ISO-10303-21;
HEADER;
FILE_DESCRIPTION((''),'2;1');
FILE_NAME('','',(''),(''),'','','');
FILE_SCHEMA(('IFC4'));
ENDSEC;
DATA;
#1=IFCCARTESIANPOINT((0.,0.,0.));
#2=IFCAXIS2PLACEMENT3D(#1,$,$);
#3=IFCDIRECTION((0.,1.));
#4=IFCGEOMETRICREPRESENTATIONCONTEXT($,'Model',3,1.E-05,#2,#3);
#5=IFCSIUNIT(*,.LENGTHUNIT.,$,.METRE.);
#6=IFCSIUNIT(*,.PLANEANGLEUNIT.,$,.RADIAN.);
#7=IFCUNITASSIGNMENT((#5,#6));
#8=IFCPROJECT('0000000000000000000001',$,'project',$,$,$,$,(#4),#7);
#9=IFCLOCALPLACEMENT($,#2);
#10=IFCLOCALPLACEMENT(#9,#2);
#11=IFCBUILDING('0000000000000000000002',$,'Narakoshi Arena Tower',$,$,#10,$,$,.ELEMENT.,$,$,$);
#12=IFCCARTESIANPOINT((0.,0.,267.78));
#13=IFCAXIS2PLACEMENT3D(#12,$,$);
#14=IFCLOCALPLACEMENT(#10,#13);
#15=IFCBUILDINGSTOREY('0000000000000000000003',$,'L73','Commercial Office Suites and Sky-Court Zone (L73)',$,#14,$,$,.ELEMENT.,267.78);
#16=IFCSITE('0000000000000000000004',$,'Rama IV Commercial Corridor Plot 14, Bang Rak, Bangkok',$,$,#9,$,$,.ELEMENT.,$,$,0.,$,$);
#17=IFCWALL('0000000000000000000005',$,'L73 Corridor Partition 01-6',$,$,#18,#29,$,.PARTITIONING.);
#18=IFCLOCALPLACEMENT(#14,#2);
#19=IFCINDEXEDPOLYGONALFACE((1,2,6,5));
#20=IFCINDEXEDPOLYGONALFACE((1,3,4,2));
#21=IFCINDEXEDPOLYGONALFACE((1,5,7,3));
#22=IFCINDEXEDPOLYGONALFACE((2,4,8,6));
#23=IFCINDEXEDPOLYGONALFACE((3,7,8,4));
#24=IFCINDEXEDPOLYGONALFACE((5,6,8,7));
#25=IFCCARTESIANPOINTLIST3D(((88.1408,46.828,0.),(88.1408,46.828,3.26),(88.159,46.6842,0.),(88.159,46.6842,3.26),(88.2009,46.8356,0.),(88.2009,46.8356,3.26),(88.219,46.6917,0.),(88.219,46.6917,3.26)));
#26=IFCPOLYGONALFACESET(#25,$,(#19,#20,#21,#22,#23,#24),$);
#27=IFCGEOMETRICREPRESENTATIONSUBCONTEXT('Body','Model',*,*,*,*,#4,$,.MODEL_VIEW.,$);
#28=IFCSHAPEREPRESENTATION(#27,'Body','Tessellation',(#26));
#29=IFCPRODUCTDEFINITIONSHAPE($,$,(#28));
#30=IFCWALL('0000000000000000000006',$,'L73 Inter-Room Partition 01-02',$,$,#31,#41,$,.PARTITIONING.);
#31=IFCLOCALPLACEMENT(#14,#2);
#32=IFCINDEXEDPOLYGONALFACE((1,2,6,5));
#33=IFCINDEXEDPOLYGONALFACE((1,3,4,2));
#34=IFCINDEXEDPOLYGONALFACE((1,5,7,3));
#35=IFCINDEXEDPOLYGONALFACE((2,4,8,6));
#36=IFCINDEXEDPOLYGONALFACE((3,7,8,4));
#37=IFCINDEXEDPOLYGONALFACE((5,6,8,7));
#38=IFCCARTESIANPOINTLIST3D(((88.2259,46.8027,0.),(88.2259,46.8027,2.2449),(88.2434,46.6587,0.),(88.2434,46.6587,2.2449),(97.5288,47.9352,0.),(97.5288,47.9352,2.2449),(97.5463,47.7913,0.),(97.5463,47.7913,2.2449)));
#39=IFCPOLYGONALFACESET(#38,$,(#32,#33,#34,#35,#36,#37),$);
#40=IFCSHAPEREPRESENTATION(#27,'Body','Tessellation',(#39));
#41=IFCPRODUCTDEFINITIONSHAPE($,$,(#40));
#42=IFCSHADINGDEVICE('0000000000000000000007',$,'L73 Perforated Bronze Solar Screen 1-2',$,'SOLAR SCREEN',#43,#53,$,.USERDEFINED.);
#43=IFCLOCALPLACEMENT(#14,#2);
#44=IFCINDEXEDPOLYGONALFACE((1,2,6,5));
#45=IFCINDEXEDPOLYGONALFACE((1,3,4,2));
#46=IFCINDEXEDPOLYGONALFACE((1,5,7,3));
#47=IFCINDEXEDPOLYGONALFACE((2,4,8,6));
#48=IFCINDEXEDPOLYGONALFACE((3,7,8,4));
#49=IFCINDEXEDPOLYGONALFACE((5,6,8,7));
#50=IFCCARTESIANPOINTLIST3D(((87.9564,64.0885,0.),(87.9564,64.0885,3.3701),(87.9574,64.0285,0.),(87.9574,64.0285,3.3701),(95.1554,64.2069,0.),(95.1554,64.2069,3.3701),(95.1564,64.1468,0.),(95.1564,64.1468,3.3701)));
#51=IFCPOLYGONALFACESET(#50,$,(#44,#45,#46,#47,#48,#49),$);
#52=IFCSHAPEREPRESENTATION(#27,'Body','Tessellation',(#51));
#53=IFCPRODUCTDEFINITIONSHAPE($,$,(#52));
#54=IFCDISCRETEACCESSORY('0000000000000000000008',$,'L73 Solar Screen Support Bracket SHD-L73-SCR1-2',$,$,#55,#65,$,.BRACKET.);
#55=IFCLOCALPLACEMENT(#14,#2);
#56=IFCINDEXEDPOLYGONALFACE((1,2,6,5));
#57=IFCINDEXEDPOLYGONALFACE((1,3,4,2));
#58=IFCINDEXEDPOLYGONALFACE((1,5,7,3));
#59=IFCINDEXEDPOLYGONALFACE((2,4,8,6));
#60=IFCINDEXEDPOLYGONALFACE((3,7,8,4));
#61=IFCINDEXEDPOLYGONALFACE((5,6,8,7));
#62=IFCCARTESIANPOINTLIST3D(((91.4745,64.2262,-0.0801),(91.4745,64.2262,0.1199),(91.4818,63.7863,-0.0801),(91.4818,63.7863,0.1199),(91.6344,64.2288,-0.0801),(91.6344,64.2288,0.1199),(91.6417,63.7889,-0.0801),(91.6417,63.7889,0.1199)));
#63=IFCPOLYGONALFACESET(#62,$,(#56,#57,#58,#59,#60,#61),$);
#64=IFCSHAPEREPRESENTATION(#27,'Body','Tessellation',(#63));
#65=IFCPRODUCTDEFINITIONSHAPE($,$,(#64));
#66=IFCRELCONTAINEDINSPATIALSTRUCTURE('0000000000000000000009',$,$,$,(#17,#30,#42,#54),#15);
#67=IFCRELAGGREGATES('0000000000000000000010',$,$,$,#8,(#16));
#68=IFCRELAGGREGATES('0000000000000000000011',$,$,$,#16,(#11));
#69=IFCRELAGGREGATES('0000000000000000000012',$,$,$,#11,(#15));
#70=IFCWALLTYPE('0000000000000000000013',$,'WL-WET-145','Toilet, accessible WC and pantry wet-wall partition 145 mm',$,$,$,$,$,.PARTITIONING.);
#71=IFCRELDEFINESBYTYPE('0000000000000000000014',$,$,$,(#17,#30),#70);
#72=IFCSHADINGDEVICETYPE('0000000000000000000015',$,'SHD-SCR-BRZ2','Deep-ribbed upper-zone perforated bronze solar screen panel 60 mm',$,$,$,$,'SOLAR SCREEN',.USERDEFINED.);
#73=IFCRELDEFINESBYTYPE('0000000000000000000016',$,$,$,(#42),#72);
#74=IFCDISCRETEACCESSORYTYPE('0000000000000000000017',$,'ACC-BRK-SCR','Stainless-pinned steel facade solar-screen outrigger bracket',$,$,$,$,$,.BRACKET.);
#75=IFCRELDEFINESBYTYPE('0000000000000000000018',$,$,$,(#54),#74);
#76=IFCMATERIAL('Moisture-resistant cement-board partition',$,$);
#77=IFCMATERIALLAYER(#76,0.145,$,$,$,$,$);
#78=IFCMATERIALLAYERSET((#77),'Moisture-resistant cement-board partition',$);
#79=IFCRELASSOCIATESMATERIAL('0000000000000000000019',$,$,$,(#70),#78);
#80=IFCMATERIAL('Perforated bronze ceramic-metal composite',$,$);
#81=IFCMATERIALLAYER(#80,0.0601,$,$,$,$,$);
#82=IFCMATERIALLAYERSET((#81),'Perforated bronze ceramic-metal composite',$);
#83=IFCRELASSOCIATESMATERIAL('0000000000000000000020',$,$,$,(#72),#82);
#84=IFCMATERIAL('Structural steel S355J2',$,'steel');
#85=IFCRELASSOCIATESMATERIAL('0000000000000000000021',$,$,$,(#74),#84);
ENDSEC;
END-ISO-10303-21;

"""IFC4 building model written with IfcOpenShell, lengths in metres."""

from ifc_helpers import new_model, si_unit, direction, frame, frame_2d, origin, origin_2d, place, context, subcontext, project, spatial, rectangle, extrude, material, layer, layer_set, type_object, element, save


model = new_model("IFC4")

# Units and contexts
model_context = context("Model", 3, precision=1e-05, world=origin(), true_north=direction((0.0, 1.0)))
body_context = subcontext(model_context, "Body", "Model", "MODEL_VIEW")
ifc_project = project(units=[si_unit("LENGTHUNIT", "METRE"), si_unit("PLANEANGLEUNIT", "RADIAN")], contexts=[model_context])

# Site, building, storey
site_placement = place(None, origin())
site = spatial("IfcSite", under=ifc_project, at=site_placement, Name="Rama IV Commercial Corridor Plot 14, Bang Rak, Bangkok", CompositionType="ELEMENT", RefElevation=0.0)
building_placement = place(site_placement, origin())
building = spatial("IfcBuilding", under=site, at=building_placement, Name="Narakoshi Arena Tower", CompositionType="ELEMENT")
storey_placement = place(building_placement, frame((0.0, 0.0, 267.78)))
storey = spatial("IfcBuildingStorey", under=building, at=storey_placement, Name="L73", Description="Commercial Office Suites and Sky-Court Zone (L73)", CompositionType="ELEMENT", Elevation=267.78)

# Shared definitions
ifc_material_1 = material(Name="Structural steel S355J2", Category="steel")

# Walls
ifc_material_2 = material(Name="Moisture-resistant cement-board partition")
ifc_layer_1 = layer(ifc_material_2, 0.145)
ifc_layer_set_1 = layer_set([ifc_layer_1], Name="Moisture-resistant cement-board partition")
wall_type_1 = type_object("IfcWallType", Name="WL-WET-145", Description="Toilet, accessible WC and pantry wet-wall partition 145 mm", PredefinedType="PARTITIONING", material=ifc_layer_set_1)
wall_1_placement = place(storey_placement, frame((88.1499, 46.7561, 0.0), z_axis=(0.0, 0.0, 1.0), x_axis=(0.992153, 0.125027, 0.0)))
element("IfcWall", 1, at=wall_1_placement, inside=storey, type_object=wall_type_1, Name="L73 Corridor Partition 01-6", PredefinedType="PARTITIONING", context=body_context, shape_type="SweptSolid", body=[
    extrude(rectangle(XDim=0.0605, YDim=0.145, at=frame_2d((0.0303, 0.0))), origin(), (0.0, 0.0, 1.0), 3.26),
])
wall_2_placement = place(storey_placement, frame((88.2346, 46.7307, 0.0), z_axis=(0.0, 0.0, 1.0), x_axis=(0.992671, 0.12085, 0.0)))
element("IfcWall", 2, at=wall_2_placement, inside=storey, type_object=wall_type_1, Name="L73 Inter-Room Partition 01-02", PredefinedType="PARTITIONING", context=body_context, shape_type="SweptSolid", body=[
    extrude(rectangle(XDim=9.3716, YDim=0.145, at=frame_2d((4.6858, 0.0))), origin(), (0.0, 0.0, 1.0), 2.2449),
])

# Shading device
ifc_material_3 = material(Name="Perforated bronze ceramic-metal composite")
ifc_layer_2 = layer(ifc_material_3, 0.0601)
ifc_layer_set_2 = layer_set([ifc_layer_2], Name="Perforated bronze ceramic-metal composite")
shading_device_type = type_object("IfcShadingDeviceType", Name="SHD-SCR-BRZ2", Description="Deep-ribbed upper-zone perforated bronze solar screen panel 60 mm", ElementType="SOLAR SCREEN", PredefinedType="USERDEFINED", material=ifc_layer_set_2)
shading_device_placement = place(storey_placement, frame((91.5564, 64.1177, 0.0), z_axis=(0.0, 0.0, 1.0), x_axis=(-0.999865, -0.01644, 0.0)))
element("IfcShadingDevice", 3, at=shading_device_placement, inside=storey, type_object=shading_device_type, Name="L73 Perforated Bronze Solar Screen 1-2", ObjectType="SOLAR SCREEN", PredefinedType="USERDEFINED", context=body_context, shape_type="SweptSolid", body=[
    extrude(rectangle(XDim=7.2, YDim=0.0601, at=origin_2d()), origin(), (0.0, 0.0, 1.0), 3.3701),
])

# Discrete accessory
discrete_accessory_type = type_object("IfcDiscreteAccessoryType", Name="ACC-BRK-SCR", Description="Stainless-pinned steel facade solar-screen outrigger bracket", PredefinedType="BRACKET", material=ifc_material_1)
discrete_accessory_placement = place(storey_placement, frame((91.5581, 64.0076, -0.0801), z_axis=(0.0, 0.0, 1.0), x_axis=(-0.999865, -0.01644, 0.0)))
element("IfcDiscreteAccessory", 4, at=discrete_accessory_placement, inside=storey, type_object=discrete_accessory_type, Name="L73 Solar Screen Support Bracket SHD-L73-SCR1-2", PredefinedType="BRACKET", context=body_context, shape_type="SweptSolid", body=[
    extrude(rectangle(XDim=0.1599, YDim=0.4399, at=origin_2d()), origin(), (0.0, 0.0, 1.0), 0.2),
])

save(model, "model.ifc")
